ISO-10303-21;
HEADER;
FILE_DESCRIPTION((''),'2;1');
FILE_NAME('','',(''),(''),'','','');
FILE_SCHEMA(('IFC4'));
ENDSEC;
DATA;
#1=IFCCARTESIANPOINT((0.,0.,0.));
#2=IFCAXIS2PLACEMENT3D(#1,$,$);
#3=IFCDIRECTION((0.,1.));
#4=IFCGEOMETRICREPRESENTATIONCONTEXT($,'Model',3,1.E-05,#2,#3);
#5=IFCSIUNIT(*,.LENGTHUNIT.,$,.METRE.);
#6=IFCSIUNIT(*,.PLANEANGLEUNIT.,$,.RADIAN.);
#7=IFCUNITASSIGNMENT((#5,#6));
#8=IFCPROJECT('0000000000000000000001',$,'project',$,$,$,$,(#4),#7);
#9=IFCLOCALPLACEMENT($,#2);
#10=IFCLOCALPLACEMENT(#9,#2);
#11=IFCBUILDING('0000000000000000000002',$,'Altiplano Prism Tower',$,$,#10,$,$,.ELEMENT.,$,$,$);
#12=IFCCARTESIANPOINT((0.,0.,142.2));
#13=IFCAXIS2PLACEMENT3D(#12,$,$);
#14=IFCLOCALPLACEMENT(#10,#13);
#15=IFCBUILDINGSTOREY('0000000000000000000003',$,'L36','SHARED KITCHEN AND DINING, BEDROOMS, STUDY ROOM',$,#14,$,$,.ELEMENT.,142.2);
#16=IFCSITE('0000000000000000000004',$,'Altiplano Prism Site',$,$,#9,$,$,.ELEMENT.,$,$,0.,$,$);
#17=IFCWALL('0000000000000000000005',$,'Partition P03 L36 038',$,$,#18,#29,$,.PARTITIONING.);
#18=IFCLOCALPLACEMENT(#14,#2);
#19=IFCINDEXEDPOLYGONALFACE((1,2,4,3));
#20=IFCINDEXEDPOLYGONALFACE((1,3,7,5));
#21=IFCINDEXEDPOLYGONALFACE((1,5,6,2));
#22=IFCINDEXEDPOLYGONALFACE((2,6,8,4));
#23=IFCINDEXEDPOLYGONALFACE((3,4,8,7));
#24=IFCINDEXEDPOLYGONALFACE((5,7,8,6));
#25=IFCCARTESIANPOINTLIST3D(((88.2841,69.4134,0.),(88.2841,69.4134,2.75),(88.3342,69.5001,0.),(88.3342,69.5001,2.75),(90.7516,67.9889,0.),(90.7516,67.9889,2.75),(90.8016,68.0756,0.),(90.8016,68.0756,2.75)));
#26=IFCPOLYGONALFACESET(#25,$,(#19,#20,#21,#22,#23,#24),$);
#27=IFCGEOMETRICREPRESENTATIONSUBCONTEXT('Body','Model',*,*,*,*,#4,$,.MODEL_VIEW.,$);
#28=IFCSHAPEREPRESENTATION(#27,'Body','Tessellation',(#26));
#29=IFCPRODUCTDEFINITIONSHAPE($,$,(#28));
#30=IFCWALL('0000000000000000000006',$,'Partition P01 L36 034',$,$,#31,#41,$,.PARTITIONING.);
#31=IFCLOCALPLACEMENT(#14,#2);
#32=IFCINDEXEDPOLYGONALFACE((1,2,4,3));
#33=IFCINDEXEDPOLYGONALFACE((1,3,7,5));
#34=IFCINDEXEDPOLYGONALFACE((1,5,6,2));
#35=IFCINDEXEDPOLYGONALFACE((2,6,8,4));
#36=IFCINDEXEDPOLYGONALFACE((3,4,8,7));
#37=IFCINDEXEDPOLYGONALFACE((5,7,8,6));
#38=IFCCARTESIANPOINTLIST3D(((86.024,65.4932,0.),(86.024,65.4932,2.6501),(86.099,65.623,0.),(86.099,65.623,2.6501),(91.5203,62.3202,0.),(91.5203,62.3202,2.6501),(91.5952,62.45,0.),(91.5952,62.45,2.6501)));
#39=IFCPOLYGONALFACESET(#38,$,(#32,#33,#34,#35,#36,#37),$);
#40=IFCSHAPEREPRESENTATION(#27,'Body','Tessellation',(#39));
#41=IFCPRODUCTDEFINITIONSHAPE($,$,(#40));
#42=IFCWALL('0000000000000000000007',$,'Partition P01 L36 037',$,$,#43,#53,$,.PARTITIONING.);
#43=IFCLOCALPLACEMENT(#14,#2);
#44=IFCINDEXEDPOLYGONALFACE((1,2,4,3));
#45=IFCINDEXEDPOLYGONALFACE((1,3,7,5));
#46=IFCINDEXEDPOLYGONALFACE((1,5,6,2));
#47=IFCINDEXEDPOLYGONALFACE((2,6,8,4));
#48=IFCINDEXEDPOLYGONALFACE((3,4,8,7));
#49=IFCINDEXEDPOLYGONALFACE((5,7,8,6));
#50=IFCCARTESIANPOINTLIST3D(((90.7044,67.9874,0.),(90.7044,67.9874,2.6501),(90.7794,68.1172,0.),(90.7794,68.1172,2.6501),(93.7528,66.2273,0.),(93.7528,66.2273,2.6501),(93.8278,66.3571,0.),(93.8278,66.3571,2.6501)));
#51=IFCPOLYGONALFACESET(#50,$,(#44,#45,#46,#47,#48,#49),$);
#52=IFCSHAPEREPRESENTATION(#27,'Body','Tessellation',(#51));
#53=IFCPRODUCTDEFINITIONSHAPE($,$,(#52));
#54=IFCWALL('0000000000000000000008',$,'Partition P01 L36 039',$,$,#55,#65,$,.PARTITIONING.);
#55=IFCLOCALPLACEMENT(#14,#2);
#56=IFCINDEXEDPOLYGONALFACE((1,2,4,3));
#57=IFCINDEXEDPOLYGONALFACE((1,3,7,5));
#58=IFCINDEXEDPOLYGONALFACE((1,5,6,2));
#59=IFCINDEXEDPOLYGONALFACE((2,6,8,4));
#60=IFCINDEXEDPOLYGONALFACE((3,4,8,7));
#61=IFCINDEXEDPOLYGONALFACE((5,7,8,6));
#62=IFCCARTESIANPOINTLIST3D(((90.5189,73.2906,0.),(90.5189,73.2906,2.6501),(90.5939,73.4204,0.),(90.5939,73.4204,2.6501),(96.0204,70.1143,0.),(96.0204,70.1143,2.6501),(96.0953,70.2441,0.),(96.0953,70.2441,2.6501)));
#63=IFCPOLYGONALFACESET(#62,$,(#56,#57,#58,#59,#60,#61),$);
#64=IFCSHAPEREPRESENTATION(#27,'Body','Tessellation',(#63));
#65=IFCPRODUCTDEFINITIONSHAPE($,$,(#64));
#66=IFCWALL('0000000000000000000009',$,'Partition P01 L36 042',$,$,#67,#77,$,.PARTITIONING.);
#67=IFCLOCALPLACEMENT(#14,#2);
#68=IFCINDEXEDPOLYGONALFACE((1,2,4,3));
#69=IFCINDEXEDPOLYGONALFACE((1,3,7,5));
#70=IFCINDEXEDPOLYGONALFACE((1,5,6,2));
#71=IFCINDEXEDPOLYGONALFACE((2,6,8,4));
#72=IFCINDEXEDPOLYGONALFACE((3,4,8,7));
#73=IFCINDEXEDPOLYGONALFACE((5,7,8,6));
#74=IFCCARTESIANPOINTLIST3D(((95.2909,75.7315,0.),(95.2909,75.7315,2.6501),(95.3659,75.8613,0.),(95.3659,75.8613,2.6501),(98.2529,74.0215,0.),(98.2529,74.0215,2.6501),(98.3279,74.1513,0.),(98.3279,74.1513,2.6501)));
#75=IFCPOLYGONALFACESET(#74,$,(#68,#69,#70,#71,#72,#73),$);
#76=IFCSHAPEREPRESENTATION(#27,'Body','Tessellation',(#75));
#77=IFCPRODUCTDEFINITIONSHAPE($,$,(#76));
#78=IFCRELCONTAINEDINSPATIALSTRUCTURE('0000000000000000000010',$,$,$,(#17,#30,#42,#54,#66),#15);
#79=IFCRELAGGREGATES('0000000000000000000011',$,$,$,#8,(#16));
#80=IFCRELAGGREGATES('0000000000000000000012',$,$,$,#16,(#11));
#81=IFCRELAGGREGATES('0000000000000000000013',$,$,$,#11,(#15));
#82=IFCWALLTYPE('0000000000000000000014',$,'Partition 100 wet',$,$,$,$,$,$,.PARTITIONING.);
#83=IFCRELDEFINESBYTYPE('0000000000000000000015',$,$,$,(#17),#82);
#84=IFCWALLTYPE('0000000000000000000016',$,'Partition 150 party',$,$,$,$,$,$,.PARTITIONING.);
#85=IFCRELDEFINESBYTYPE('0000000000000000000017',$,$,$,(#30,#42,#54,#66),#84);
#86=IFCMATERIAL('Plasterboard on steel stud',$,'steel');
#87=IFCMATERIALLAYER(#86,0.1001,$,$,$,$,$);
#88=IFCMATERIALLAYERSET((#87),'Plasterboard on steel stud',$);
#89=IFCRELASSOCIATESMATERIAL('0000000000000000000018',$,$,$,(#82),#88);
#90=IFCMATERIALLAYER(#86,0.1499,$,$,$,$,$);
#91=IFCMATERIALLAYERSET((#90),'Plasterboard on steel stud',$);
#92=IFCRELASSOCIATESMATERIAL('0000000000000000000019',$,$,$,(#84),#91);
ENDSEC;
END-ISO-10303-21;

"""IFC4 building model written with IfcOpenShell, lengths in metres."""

from ifc_helpers import new_model, si_unit, direction, frame, frame_2d, origin, place, context, subcontext, project, spatial, rectangle, extrude, material, layer, layer_set, type_object, element, save


model = new_model("IFC4")

# Units and contexts
model_context = context("Model", 3, precision=1e-05, world=origin(), true_north=direction((0.0, 1.0)))
body_context = subcontext(model_context, "Body", "Model", "MODEL_VIEW")
ifc_project = project(units=[si_unit("LENGTHUNIT", "METRE"), si_unit("PLANEANGLEUNIT", "RADIAN")], contexts=[model_context])

# Site, building, storey
site_placement = place(None, origin())
site = spatial("IfcSite", under=ifc_project, at=site_placement, Name="Altiplano Prism Site", CompositionType="ELEMENT", RefElevation=0.0)
building_placement = place(site_placement, origin())
building = spatial("IfcBuilding", under=site, at=building_placement, Name="Altiplano Prism Tower", CompositionType="ELEMENT")
storey_placement = place(building_placement, frame((0.0, 0.0, 142.2)))
storey = spatial("IfcBuildingStorey", under=building, at=storey_placement, Name="L36", Description="SHARED KITCHEN AND DINING, BEDROOMS, STUDY ROOM", CompositionType="ELEMENT", Elevation=142.2)

# Shared definitions
ifc_material_1 = material(Name="Plasterboard on steel stud", Category="steel")

# Walls
ifc_layer_1 = layer(ifc_material_1, 0.1001)
ifc_layer_set_1 = layer_set([ifc_layer_1], Name="Plasterboard on steel stud")
wall_type_1 = type_object("IfcWallType", Name="Partition 100 wet", PredefinedType="PARTITIONING", material=ifc_layer_set_1)
wall_1_placement = place(storey_placement, frame((90.7766, 68.0322, 0.0), z_axis=(0.0, 0.0, 1.0), x_axis=(-0.866036, 0.499982, 0.0)))
element("IfcWall", 1, at=wall_1_placement, inside=storey, type_object=wall_type_1, Name="Partition P03 L36 038", PredefinedType="PARTITIONING", context=body_context, shape_type="SweptSolid", body=[
    extrude(rectangle(XDim=2.8491, YDim=0.1001, at=frame_2d((1.4246, 0.0))), origin(), (0.0, 0.0, 1.0), 2.75),
])
ifc_layer_2 = layer(ifc_material_1, 0.1499)
ifc_layer_set_2 = layer_set([ifc_layer_2], Name="Plasterboard on steel stud")
wall_type_2 = type_object("IfcWallType", Name="Partition 150 party", PredefinedType="PARTITIONING", material=ifc_layer_set_2)
wall_2_placement = place(storey_placement, frame((91.5579, 62.385, 0.0), z_axis=(0.0, 0.0, 1.0), x_axis=(-0.86604, 0.499974, 0.0)))
element("IfcWall", 2, at=wall_2_placement, inside=storey, type_object=wall_type_2, Name="Partition P01 L36 034", PredefinedType="PARTITIONING", context=body_context, shape_type="SweptSolid", body=[
    extrude(rectangle(XDim=6.3464, YDim=0.1499, at=frame_2d((3.1733, 0.0))), origin(), (0.0, 0.0, 1.0), 2.6501),
])
wall_3_placement = place(storey_placement, frame((93.7903, 66.2922, 0.0), z_axis=(0.0, 0.0, 1.0), x_axis=(-0.866019, 0.500011, 0.0)))
element("IfcWall", 3, at=wall_3_placement, inside=storey, type_object=wall_type_2, Name="Partition P01 L36 037", PredefinedType="PARTITIONING", context=body_context, shape_type="SweptSolid", body=[
    extrude(rectangle(XDim=3.52, YDim=0.1499, at=frame_2d((1.76, 0.0))), origin(), (0.0, 0.0, 1.0), 2.6501),
])
wall_4_placement = place(storey_placement, frame((96.0579, 70.1792, 0.0), z_axis=(0.0, 0.0, 1.0), x_axis=(-0.866026, 0.5, 0.0)))
element("IfcWall", 4, at=wall_4_placement, inside=storey, type_object=wall_type_2, Name="Partition P01 L36 039", PredefinedType="PARTITIONING", context=body_context, shape_type="SweptSolid", body=[
    extrude(rectangle(XDim=6.3525, YDim=0.1499, at=frame_2d((3.1763, 0.0))), origin(), (0.0, 0.0, 1.0), 2.6501),
])
wall_5_placement = place(storey_placement, frame((98.2903, 74.0864, 0.0), z_axis=(0.0, 0.0, 1.0), x_axis=(-0.866038, 0.499978, 0.0)))
element("IfcWall", 5, at=wall_5_placement, inside=storey, type_object=wall_type_2, Name="Partition P01 L36 042", PredefinedType="PARTITIONING", context=body_context, shape_type="SweptSolid", body=[
    extrude(rectangle(XDim=3.4202, YDim=0.1499, at=frame_2d((1.71, 0.0))), origin(), (0.0, 0.0, 1.0), 2.6501),
])

save(model, "model.ifc")
